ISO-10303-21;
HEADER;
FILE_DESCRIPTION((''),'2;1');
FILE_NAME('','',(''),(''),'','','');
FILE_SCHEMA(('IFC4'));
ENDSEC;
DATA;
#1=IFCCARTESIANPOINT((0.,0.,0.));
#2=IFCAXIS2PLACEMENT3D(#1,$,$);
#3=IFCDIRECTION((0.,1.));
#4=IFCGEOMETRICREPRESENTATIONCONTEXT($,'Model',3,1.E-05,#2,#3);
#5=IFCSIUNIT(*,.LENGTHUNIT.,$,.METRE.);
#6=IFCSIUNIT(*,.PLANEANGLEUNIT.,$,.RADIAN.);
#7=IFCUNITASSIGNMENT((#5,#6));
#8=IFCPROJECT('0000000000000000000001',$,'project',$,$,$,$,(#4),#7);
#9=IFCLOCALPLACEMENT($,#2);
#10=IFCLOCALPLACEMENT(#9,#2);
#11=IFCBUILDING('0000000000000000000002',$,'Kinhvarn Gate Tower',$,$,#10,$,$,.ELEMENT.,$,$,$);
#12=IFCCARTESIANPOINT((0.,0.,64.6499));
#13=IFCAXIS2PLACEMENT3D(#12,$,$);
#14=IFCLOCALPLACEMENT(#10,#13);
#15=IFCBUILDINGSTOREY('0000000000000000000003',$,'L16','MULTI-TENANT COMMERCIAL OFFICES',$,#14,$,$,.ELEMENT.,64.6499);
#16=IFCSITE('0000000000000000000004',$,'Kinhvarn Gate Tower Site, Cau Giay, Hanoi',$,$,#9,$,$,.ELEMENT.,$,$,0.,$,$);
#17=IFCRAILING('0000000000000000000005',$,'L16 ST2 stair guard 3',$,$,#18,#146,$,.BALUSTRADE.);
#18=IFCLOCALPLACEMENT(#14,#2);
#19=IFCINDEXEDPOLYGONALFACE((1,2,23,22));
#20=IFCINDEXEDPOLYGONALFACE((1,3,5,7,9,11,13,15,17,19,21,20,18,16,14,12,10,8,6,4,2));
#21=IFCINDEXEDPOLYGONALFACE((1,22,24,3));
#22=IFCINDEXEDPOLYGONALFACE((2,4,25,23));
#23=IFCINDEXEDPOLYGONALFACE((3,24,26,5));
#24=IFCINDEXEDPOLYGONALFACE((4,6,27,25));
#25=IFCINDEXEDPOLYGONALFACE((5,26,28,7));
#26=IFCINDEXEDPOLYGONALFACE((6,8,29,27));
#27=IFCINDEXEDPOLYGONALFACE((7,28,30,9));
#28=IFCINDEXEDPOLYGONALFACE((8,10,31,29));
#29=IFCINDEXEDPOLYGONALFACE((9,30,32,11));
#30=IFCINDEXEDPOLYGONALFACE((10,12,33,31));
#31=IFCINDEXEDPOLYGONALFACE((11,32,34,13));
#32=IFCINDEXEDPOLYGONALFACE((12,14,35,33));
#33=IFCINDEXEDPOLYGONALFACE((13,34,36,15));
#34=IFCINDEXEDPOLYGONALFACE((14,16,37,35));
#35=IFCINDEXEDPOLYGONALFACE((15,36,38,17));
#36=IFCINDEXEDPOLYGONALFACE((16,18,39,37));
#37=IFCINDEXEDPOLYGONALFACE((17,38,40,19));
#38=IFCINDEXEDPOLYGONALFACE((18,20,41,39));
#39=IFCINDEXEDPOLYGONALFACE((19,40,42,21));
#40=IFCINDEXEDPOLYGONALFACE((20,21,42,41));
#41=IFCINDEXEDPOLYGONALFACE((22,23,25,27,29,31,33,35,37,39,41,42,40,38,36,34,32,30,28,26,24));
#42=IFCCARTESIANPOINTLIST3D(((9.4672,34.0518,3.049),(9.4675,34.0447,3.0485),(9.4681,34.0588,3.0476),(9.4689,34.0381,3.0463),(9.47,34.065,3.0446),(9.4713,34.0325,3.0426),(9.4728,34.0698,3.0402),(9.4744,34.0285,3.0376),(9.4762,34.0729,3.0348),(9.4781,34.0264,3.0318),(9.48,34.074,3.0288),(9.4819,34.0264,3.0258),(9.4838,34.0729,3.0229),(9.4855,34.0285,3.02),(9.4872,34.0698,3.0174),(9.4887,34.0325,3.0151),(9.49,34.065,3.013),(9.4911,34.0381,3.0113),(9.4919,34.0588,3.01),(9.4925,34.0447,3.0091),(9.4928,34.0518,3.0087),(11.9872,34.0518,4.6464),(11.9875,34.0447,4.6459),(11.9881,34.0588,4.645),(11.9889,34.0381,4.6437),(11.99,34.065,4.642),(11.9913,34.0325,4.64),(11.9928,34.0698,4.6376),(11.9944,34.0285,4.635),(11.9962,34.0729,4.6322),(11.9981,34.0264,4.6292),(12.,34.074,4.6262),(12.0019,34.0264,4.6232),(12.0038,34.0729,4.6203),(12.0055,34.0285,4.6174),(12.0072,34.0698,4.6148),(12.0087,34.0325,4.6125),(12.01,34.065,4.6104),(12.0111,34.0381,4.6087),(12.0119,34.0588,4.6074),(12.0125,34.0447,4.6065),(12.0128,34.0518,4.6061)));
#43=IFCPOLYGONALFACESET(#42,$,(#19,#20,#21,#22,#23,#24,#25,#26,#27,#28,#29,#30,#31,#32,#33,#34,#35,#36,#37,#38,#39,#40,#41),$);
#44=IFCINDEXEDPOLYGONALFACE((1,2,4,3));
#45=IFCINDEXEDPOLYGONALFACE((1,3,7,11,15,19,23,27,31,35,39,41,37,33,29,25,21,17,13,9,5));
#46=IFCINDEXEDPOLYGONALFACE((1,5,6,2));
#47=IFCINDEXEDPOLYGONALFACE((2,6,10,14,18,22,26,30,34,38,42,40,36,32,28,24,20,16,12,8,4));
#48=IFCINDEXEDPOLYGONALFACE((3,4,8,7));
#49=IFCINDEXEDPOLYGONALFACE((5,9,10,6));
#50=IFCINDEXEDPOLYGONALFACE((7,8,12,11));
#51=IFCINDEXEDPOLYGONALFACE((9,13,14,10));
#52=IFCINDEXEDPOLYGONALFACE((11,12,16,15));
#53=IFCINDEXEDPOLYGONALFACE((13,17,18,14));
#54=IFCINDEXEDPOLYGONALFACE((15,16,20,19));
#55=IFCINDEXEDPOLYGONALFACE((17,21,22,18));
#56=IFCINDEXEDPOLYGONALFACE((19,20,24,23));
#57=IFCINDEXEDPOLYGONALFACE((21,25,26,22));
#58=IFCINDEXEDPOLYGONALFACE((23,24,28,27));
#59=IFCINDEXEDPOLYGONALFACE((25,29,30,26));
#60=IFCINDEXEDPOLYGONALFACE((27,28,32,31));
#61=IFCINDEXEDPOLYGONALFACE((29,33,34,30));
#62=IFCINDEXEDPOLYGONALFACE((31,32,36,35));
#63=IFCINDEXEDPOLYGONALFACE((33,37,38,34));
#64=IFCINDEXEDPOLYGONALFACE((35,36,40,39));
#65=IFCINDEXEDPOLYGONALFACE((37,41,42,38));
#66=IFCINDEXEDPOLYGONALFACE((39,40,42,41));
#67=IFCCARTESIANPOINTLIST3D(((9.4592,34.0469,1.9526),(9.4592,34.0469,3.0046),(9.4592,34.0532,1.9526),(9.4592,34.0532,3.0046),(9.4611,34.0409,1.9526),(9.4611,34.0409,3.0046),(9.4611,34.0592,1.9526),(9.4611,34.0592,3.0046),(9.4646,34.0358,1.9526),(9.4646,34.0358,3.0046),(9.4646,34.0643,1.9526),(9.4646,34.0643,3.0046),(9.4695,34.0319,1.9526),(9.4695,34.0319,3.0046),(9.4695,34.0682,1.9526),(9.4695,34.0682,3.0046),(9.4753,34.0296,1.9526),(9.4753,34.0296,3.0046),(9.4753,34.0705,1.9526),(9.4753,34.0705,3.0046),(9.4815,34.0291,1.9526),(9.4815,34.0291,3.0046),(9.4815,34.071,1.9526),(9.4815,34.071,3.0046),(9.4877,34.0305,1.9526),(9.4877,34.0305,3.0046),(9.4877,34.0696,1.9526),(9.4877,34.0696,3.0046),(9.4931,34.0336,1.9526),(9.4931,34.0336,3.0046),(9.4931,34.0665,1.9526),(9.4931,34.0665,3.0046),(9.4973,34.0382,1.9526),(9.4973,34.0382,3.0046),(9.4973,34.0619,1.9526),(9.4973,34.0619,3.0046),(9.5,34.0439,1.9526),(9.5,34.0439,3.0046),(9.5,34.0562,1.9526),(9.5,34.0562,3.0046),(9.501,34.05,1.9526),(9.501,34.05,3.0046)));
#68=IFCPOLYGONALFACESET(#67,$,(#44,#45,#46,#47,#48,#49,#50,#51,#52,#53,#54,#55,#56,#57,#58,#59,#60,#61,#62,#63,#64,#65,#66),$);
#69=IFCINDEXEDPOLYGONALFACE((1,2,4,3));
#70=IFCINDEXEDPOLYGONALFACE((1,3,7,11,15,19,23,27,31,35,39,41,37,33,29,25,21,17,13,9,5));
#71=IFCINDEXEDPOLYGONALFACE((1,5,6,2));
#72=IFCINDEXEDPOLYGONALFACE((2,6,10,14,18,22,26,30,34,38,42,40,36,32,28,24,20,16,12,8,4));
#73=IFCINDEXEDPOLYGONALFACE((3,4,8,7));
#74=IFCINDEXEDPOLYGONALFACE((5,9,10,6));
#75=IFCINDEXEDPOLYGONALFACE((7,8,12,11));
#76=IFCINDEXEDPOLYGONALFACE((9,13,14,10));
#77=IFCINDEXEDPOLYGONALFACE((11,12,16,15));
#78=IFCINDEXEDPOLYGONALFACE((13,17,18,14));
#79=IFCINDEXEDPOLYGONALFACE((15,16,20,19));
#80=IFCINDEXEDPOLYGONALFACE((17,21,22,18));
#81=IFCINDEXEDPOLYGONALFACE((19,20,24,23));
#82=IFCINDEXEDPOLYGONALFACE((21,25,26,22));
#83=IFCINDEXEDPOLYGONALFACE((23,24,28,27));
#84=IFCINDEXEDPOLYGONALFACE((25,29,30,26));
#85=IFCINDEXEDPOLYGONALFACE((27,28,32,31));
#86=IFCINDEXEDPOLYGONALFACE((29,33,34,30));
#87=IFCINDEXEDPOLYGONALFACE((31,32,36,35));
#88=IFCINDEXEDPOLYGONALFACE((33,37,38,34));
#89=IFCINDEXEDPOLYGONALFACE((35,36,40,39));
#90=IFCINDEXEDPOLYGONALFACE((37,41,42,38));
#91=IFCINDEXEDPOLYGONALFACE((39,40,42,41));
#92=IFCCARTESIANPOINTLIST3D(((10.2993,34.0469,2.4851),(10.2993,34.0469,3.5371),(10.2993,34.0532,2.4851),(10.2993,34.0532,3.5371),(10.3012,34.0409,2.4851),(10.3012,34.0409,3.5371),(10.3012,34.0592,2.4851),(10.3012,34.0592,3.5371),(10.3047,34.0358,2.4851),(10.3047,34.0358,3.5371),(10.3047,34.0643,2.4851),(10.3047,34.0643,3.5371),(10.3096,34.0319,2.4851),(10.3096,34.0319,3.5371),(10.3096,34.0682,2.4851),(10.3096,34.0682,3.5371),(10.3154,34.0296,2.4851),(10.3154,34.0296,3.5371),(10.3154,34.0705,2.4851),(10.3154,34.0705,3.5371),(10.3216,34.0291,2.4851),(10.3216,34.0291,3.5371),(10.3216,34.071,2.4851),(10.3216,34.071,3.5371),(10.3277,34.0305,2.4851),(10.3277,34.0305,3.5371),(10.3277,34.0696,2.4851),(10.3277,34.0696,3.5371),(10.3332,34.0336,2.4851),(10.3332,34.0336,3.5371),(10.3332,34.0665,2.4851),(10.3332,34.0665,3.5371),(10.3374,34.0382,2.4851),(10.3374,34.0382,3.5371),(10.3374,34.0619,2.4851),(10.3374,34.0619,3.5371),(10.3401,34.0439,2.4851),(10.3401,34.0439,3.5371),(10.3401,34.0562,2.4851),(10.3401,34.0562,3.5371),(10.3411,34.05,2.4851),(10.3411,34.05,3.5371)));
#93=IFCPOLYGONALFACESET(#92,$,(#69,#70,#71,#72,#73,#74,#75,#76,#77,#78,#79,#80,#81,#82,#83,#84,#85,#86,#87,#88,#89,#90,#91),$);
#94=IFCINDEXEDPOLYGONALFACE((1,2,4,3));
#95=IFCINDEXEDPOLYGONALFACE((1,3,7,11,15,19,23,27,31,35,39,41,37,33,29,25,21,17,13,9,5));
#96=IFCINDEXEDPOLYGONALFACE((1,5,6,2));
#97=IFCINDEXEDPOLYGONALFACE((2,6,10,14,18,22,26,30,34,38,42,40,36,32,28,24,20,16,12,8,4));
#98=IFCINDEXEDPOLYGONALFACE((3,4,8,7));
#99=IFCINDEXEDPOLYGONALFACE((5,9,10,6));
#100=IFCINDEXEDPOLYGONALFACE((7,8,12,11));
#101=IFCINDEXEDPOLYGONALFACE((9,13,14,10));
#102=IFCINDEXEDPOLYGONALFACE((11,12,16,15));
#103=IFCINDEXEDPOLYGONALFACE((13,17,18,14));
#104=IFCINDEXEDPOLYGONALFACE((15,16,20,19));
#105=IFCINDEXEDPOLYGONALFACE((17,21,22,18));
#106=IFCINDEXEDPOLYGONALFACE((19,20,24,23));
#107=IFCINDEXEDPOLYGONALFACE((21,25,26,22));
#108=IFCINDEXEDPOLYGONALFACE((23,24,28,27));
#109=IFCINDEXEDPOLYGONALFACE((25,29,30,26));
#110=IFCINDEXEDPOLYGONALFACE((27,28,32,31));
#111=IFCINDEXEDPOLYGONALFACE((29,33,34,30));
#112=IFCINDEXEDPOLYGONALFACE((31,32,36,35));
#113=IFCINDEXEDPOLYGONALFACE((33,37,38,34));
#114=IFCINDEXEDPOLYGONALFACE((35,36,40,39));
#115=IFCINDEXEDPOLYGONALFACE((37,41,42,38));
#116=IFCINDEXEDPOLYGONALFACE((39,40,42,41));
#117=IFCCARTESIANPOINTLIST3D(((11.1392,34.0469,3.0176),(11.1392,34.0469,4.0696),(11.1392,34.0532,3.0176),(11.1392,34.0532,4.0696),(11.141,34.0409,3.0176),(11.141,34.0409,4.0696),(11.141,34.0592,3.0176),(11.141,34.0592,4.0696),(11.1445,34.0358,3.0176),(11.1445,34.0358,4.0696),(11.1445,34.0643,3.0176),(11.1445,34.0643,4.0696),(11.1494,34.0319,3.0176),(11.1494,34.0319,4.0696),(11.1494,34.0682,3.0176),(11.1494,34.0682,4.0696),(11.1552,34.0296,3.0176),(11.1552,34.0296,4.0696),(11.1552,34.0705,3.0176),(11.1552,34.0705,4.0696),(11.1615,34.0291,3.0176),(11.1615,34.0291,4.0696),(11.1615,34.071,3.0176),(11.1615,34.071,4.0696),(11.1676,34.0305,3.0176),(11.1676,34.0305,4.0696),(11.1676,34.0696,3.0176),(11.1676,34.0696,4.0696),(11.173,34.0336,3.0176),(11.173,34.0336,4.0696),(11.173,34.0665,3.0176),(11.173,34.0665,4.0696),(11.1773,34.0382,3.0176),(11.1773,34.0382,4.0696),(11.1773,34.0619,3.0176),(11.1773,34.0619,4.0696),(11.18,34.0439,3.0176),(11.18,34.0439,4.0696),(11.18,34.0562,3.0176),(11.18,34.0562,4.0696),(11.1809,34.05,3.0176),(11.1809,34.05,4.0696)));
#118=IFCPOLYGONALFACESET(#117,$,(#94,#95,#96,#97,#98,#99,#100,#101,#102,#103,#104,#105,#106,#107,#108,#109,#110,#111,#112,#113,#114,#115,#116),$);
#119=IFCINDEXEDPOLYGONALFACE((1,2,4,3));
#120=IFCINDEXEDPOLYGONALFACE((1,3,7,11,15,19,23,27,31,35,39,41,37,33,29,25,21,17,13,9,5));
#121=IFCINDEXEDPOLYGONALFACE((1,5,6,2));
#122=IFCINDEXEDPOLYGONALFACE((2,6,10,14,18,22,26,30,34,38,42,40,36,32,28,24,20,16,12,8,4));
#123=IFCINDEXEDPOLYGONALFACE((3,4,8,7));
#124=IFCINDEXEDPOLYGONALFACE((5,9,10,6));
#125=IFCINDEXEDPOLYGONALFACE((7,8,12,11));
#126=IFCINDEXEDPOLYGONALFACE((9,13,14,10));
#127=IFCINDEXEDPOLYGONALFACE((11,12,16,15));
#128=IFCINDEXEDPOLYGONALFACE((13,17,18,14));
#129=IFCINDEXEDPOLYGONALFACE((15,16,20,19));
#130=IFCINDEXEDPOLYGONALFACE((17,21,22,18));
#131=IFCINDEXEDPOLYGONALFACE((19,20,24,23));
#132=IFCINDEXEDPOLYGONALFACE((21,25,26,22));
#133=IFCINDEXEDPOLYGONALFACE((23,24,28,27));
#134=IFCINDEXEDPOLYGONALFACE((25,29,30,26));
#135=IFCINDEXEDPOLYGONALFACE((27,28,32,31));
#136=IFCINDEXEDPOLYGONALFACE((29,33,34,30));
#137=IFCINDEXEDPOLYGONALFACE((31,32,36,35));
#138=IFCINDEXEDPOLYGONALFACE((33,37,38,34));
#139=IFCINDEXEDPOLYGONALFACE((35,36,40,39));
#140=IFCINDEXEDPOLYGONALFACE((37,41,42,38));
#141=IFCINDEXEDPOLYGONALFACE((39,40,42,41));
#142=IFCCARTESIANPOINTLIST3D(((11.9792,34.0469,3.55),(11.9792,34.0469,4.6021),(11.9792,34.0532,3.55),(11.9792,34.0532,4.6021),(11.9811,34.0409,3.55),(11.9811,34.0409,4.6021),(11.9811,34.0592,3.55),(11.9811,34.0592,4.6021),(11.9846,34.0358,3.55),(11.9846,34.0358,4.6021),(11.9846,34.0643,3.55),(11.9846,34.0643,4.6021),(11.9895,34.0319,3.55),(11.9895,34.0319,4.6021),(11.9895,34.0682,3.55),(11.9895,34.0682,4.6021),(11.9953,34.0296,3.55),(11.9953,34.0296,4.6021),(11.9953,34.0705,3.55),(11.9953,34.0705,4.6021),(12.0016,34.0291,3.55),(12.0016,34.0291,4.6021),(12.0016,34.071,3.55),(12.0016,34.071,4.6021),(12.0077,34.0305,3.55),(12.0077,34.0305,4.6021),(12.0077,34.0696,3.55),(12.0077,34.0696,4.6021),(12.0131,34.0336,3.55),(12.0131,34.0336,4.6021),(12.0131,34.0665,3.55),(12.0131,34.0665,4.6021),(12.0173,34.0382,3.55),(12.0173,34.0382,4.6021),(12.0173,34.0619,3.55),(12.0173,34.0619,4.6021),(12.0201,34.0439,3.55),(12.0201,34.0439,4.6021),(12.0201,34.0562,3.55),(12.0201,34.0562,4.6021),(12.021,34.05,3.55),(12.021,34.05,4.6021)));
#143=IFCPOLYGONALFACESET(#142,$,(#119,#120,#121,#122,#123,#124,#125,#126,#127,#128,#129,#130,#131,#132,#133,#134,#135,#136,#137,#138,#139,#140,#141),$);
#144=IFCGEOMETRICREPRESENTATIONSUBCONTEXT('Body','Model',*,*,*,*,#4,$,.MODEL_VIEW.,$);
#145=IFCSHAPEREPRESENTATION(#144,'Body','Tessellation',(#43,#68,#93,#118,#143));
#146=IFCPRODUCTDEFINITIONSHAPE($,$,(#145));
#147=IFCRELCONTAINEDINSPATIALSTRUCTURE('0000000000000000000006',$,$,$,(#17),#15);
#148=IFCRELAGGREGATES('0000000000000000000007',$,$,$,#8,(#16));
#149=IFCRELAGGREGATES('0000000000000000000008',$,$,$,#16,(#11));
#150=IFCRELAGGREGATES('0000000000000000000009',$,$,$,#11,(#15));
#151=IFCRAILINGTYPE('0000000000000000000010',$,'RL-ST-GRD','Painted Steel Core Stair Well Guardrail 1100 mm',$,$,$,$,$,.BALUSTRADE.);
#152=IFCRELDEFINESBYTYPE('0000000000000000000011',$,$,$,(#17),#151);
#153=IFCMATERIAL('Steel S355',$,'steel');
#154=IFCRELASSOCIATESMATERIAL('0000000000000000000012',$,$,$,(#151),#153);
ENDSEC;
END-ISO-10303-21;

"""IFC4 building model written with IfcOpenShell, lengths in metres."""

from ifc_helpers import new_model, si_unit, direction, frame, origin, origin_2d, place, context, subcontext, project, spatial, circle, extrude, material, type_object, element, save


model = new_model("IFC4")

# Units and contexts
model_context = context("Model", 3, precision=1e-05, world=origin(), true_north=direction((0.0, 1.0)))
body_context = subcontext(model_context, "Body", "Model", "MODEL_VIEW")
ifc_project = project(units=[si_unit("LENGTHUNIT", "METRE"), si_unit("PLANEANGLEUNIT", "RADIAN")], contexts=[model_context])

# Site, building, storey
site_placement = place(None, origin())
site = spatial("IfcSite", under=ifc_project, at=site_placement, Name="Kinhvarn Gate Tower Site, Cau Giay, Hanoi", CompositionType="ELEMENT", RefElevation=0.0)
building_placement = place(site_placement, origin())
building = spatial("IfcBuilding", under=site, at=building_placement, Name="Kinhvarn Gate Tower", CompositionType="ELEMENT")
storey_placement = place(building_placement, frame((0.0, 0.0, 64.6499)))
storey = spatial("IfcBuildingStorey", under=building, at=storey_placement, Name="L16", Description="MULTI-TENANT COMMERCIAL OFFICES", CompositionType="ELEMENT", Elevation=64.6499)

# Shared definitions
ifc_material_1 = material(Name="Steel S355", Category="steel")

# Railing
railing_type_1 = type_object("IfcRailingType", Name="RL-ST-GRD", Description="Painted Steel Core Stair Well Guardrail 1100 mm", PredefinedType="BALUSTRADE", material=ifc_material_1)
railing_1_placement = place(storey_placement, frame((9.48, 34.05, 1.9526)))
element("IfcRailing", 1, at=railing_1_placement, inside=storey, type_object=railing_type_1, Name="L16 ST2 stair guard 3", PredefinedType="BALUSTRADE", context=body_context, shape_type="SweptSolid", body=[
    extrude(circle(Radius=0.0239, at=origin_2d()), frame((0.0, 0.0, 1.0762), z_axis=(0.844607, 0.0, 0.535387), x_axis=(0.0, 1.0, 0.0)), (0.0, 0.0, 1.0), 2.9836),
    extrude(circle(Radius=0.021, at=origin_2d()), origin(), (0.0, 0.0, 1.0), 1.052),
    extrude(circle(Radius=0.021, at=origin_2d()), frame((0.8401, 0.0, 0.5325)), (0.0, 0.0, 1.0), 1.052),
    extrude(circle(Radius=0.021, at=origin_2d()), frame((1.6799, 0.0, 1.0649)), (0.0, 0.0, 1.0), 1.052),
    extrude(circle(Radius=0.021, at=origin_2d()), frame((2.52, 0.0, 1.5974)), (0.0, 0.0, 1.0), 1.052),
])

save(model, "model.ifc")
